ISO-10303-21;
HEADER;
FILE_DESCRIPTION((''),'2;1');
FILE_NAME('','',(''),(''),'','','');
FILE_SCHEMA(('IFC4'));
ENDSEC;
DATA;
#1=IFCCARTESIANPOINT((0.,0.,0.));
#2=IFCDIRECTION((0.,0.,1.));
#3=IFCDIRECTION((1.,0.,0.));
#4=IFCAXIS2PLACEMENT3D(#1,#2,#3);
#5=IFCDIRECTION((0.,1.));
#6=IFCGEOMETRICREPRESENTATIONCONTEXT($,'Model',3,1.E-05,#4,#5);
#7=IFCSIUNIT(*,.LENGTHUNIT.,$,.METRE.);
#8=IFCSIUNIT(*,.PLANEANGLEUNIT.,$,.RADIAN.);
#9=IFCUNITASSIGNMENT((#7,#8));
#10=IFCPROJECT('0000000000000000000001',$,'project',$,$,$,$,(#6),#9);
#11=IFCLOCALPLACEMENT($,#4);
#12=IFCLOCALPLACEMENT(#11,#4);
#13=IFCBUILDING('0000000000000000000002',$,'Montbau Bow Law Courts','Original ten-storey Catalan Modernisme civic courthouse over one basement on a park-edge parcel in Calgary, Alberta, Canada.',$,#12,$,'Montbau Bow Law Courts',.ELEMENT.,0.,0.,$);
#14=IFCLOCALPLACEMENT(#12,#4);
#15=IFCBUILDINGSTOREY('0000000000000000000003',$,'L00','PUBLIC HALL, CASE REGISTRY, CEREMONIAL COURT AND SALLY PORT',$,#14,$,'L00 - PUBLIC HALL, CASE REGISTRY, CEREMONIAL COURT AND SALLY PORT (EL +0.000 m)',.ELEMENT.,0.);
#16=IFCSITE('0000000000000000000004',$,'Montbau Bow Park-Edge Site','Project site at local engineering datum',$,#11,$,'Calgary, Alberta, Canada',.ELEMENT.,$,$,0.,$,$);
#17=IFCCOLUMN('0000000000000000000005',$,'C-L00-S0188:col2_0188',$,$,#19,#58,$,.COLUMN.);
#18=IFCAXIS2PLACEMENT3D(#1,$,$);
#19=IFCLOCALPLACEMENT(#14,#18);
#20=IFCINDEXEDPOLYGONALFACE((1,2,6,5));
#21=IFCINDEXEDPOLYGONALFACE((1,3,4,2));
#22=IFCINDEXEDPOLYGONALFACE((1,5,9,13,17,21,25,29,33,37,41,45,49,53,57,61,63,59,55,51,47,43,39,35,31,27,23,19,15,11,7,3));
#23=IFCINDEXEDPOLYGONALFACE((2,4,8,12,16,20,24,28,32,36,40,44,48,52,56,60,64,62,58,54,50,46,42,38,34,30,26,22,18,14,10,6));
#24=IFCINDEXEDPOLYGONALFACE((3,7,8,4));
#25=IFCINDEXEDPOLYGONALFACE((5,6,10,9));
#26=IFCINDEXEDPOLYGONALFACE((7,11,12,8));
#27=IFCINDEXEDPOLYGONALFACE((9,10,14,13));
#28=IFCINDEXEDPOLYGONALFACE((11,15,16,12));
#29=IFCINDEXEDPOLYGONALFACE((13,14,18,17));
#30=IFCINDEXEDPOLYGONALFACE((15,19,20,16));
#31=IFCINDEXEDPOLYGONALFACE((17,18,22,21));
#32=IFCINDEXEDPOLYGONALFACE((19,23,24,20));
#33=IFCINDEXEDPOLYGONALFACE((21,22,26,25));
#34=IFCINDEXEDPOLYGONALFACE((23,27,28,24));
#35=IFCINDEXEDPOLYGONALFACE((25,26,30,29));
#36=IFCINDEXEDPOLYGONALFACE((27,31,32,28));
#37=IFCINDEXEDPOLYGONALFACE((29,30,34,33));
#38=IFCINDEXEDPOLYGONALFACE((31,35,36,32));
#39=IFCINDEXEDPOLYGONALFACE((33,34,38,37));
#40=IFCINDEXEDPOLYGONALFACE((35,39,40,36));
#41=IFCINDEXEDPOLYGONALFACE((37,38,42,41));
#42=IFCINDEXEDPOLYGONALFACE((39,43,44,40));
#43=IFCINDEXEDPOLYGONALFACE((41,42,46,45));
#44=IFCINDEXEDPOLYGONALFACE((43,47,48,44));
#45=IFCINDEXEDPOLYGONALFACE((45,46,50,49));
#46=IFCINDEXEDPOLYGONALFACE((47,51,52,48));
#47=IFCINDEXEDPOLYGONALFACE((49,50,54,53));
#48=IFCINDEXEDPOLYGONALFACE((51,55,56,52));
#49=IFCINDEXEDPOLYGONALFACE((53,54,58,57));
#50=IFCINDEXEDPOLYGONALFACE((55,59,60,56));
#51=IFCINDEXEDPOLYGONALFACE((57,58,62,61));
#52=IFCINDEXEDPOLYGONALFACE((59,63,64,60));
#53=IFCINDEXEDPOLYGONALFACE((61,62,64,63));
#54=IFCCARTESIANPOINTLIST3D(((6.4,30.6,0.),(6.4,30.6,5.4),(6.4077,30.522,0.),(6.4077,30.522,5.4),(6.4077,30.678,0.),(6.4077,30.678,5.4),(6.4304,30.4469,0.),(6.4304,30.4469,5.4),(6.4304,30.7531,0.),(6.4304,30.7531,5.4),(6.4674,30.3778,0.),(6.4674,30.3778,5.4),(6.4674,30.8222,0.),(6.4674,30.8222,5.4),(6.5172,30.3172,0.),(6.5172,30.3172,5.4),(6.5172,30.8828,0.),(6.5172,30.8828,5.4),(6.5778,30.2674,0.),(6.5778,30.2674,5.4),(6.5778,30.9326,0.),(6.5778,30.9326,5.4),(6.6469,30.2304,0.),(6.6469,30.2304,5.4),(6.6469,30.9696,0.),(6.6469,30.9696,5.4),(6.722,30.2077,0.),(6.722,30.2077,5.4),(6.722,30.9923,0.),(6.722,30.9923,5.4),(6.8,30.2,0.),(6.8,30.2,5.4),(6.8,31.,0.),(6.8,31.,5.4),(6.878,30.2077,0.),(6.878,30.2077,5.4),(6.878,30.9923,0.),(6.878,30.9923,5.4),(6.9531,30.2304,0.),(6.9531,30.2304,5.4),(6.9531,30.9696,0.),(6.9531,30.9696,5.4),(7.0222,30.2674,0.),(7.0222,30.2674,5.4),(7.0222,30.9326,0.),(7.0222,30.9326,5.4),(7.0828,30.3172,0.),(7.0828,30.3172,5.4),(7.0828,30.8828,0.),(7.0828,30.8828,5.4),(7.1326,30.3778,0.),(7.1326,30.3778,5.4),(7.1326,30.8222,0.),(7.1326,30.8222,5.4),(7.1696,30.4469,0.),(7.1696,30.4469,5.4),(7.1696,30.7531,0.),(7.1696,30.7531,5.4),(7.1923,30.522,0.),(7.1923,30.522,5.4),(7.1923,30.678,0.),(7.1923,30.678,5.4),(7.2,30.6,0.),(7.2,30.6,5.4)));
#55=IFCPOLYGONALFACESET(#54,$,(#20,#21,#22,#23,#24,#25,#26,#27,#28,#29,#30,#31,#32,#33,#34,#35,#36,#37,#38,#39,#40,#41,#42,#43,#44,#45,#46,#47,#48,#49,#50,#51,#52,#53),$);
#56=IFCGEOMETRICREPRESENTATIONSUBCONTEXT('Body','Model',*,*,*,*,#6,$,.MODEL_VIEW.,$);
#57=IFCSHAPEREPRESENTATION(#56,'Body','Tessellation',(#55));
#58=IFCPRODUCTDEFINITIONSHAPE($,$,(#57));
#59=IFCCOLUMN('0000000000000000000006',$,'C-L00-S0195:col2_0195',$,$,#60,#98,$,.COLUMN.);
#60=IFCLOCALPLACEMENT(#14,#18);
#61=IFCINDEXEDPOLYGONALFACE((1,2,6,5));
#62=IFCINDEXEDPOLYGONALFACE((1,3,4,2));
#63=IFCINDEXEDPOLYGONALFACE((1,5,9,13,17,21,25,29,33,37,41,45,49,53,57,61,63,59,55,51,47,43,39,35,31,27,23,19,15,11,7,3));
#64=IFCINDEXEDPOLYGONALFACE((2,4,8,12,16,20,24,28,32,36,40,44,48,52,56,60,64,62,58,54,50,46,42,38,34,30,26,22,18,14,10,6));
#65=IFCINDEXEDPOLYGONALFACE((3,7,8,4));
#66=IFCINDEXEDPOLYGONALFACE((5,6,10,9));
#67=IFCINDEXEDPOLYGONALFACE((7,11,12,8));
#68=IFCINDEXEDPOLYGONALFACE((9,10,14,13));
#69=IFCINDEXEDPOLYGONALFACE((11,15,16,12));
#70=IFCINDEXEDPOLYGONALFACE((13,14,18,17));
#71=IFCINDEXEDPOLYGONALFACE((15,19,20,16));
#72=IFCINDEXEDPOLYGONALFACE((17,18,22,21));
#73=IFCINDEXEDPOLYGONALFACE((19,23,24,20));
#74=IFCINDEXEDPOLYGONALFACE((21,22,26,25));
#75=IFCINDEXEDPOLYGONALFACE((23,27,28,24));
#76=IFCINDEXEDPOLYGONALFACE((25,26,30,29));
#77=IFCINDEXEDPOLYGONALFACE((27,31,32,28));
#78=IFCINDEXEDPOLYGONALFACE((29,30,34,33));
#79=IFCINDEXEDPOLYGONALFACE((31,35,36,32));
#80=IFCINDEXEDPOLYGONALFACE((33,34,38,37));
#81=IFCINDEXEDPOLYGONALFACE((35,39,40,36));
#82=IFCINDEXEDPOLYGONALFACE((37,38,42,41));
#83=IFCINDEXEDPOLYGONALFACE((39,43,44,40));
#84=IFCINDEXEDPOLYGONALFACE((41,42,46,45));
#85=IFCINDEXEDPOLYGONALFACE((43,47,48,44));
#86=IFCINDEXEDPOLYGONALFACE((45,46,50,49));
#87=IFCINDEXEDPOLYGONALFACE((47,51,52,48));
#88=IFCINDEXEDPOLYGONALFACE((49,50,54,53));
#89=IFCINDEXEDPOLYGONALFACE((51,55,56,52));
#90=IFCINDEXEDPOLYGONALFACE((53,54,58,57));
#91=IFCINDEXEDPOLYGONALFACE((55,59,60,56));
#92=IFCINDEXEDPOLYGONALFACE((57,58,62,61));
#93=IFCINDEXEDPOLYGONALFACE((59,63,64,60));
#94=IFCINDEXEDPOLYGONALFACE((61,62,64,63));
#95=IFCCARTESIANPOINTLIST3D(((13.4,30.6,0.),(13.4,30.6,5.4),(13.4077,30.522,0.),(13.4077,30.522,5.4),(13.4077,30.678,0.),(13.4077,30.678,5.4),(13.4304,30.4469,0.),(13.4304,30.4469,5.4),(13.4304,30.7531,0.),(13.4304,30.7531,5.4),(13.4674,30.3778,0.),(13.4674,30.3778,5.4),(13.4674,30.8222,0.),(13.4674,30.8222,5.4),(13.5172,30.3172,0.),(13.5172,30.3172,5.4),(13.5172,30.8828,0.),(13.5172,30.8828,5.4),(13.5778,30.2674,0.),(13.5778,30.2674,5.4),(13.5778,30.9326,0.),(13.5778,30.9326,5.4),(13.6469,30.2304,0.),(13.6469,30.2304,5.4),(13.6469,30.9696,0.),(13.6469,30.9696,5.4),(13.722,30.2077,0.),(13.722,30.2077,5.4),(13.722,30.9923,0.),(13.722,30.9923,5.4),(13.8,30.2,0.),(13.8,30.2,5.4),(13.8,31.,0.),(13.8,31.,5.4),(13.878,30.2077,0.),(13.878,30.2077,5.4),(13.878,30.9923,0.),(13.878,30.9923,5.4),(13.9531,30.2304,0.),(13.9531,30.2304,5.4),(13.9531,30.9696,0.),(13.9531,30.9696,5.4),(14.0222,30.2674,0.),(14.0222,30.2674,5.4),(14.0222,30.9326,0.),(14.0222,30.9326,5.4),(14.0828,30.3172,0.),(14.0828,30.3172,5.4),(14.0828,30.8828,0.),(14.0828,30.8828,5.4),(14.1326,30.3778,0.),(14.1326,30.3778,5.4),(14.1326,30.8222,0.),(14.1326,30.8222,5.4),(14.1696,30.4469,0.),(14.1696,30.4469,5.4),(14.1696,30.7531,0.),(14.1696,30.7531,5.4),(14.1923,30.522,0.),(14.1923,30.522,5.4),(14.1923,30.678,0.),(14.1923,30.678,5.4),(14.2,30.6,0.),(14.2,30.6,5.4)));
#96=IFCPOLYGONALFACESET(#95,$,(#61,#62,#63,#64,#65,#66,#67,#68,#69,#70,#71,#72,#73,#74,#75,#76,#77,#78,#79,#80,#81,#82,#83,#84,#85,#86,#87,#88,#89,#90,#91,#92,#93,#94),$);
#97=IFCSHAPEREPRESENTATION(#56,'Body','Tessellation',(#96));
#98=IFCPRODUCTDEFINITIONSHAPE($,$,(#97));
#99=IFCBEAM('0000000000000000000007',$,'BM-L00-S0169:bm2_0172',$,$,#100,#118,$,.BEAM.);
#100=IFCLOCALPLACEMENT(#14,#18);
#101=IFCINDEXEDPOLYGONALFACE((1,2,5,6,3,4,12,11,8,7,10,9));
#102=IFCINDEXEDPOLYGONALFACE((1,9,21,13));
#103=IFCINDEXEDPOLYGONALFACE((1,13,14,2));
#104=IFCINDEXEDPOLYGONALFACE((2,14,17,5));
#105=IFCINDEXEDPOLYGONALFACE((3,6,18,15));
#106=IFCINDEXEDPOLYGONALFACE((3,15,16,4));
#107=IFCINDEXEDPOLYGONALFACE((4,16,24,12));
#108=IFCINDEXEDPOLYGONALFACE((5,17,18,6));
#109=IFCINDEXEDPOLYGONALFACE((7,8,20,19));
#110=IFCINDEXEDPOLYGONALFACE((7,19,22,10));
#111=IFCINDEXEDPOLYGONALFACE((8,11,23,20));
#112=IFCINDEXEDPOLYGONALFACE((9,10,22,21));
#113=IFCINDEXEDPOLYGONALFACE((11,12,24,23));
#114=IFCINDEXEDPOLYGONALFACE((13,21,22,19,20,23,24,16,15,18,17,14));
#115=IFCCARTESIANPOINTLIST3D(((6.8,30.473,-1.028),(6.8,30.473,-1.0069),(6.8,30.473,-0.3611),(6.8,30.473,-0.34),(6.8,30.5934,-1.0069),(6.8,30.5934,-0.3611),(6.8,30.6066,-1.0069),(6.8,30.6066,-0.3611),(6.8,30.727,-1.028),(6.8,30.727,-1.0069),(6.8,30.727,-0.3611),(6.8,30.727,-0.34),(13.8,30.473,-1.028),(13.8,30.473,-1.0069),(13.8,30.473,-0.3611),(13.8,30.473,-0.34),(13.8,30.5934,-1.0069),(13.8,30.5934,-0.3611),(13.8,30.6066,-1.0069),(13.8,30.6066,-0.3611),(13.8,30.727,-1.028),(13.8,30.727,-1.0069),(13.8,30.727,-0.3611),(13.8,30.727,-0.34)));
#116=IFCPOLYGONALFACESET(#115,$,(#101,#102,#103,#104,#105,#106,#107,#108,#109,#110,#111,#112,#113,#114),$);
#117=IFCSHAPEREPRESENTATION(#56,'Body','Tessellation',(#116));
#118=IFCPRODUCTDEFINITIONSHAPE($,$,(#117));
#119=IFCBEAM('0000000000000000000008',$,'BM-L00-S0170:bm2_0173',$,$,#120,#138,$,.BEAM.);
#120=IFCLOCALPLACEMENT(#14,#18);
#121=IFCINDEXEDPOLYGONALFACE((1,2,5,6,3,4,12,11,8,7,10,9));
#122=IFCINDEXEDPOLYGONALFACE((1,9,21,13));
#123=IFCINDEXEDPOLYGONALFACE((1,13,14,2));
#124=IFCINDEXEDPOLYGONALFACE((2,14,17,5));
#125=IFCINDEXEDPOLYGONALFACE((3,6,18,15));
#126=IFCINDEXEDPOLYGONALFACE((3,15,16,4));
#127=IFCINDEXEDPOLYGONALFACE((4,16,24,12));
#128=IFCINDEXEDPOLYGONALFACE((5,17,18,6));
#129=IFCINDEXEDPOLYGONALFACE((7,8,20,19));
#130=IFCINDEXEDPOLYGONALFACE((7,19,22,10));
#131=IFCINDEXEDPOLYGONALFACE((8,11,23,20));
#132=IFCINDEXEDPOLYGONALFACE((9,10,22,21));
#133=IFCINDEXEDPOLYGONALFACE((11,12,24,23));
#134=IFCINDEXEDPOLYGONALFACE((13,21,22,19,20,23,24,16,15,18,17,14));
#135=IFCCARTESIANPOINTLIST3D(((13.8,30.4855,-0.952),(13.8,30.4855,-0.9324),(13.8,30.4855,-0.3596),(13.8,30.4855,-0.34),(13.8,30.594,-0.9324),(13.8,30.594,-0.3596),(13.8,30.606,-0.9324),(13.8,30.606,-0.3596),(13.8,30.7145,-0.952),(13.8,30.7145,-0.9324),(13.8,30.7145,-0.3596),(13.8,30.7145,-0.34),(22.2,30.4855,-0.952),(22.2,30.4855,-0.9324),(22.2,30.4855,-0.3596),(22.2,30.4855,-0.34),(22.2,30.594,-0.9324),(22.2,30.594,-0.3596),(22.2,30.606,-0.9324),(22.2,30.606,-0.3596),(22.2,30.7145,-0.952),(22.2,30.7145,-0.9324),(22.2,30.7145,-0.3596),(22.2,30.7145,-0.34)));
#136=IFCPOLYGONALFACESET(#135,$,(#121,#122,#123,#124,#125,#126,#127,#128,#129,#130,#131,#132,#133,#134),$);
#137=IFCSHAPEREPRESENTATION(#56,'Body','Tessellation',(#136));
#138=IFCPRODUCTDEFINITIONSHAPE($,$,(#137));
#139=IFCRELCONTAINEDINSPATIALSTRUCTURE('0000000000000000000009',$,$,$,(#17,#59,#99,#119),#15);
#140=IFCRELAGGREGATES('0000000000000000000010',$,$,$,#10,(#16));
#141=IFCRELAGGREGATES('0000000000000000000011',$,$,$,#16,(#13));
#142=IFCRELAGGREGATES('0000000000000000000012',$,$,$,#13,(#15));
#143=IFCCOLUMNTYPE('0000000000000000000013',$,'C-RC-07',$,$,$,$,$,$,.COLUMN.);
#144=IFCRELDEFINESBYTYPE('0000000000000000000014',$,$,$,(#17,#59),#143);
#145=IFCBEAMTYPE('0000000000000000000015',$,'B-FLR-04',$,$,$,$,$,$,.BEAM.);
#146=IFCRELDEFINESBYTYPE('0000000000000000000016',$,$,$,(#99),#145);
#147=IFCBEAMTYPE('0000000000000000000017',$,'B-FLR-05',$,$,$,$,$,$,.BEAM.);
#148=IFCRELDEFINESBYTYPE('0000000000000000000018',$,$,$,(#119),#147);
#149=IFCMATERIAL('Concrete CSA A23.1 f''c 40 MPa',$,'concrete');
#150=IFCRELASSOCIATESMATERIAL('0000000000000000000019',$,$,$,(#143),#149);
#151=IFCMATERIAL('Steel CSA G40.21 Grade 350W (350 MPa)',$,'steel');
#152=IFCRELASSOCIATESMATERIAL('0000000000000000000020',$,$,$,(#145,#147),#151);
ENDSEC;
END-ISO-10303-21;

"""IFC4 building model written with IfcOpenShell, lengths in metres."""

from ifc_helpers import new_model, si_unit, direction, frame, origin_with_axes, origin_2d_with_axis, place, context, subcontext, project, spatial, circle, i_section, extrude, material, material_profile, profile_set, type_object, element, save


model = new_model("IFC4")

# Units and contexts
model_context = context("Model", 3, precision=1e-05, world=origin_with_axes(), true_north=direction((0.0, 1.0)))
body_context = subcontext(model_context, "Body", "Model", "MODEL_VIEW")
ifc_project = project(units=[si_unit("LENGTHUNIT", "METRE"), si_unit("PLANEANGLEUNIT", "RADIAN")], contexts=[model_context])

# Site, building, storey
site_placement = place(None, origin_with_axes())
site = spatial("IfcSite", under=ifc_project, at=site_placement, Name="Montbau Bow Park-Edge Site", Description="Project site at local engineering datum", LongName="Calgary, Alberta, Canada", CompositionType="ELEMENT", RefElevation=0.0)
building_placement = place(site_placement, origin_with_axes())
building = spatial("IfcBuilding", under=site, at=building_placement, Name="Montbau Bow Law Courts", Description="Original ten-storey Catalan Modernisme civic courthouse over one basement on a park-edge parcel in Calgary, Alberta, Canada.", LongName="Montbau Bow Law Courts", CompositionType="ELEMENT", ElevationOfRefHeight=0.0, ElevationOfTerrain=0.0)
storey_placement = place(building_placement, origin_with_axes())
storey = spatial("IfcBuildingStorey", under=building, at=storey_placement, Name="L00", Description="PUBLIC HALL, CASE REGISTRY, CEREMONIAL COURT AND SALLY PORT", LongName="L00 - PUBLIC HALL, CASE REGISTRY, CEREMONIAL COURT AND SALLY PORT (EL +0.000 m)", CompositionType="ELEMENT", Elevation=0.0)

# Columns
ifc_material_1 = material(Name="Concrete CSA A23.1 f'c 40 MPa", Category="concrete")
ifc_material_profile_1 = material_profile(ifc_material_1, circle(Radius=0.4, at=origin_2d_with_axis()), Name="RC800D", Category="Main", Priority=0)
ifc_profile_set_1 = profile_set([ifc_material_profile_1], Name="Concrete CSA A23.1 f'c 40 MPa")
column_type = type_object("IfcColumnType", Name="C-RC-07", PredefinedType="COLUMN", material=ifc_profile_set_1)
for number, where, z_axis, x_axis, name in (
    (1, (6.8, 30.6, 0.0), (0.0, 0.0, 1.0), (1.0, 0.0, 0.0), "C-L00-S0188:col2_0188"),
    (2, (13.8, 30.6, 0.0), (0.0, 0.0, 1.0), (1.0, 0.0, 0.0), "C-L00-S0195:col2_0195"),
):
    element("IfcColumn", number, at=place(None, frame(where, z_axis=z_axis, x_axis=x_axis)), inside=storey, type_object=column_type, Name=name, PredefinedType="COLUMN", context=body_context, shape_type="SweptSolid", body=[
        extrude(circle(Radius=0.4, at=origin_2d_with_axis()), origin_with_axes(), (0.0, 0.0, 1.0), 5.4),
    ])

# Beams
ifc_material_2 = material(Name="Steel CSA G40.21 Grade 350W (350 MPa)", Category="steel")
ifc_material_profile_2 = material_profile(ifc_material_2, i_section(OverallWidth=0.254, OverallDepth=0.688, WebThickness=0.0131, FlangeThickness=0.0211, at=origin_2d_with_axis()), Name="W690X152", Category="Main", Priority=0)
ifc_profile_set_2 = profile_set([ifc_material_profile_2], Name="Steel CSA G40.21 Grade 350W (350 MPa)")
beam_type_1 = type_object("IfcBeamType", Name="B-FLR-04", PredefinedType="BEAM", material=ifc_profile_set_2)
beam_1_placement = place(None, frame((6.8, 30.6, -0.684), z_axis=(1.0, 0.0, 0.0), x_axis=(0.0, 1.0, 0.0)))
element("IfcBeam", 3, at=beam_1_placement, inside=storey, type_object=beam_type_1, Name="BM-L00-S0169:bm2_0172", PredefinedType="BEAM", context=body_context, shape_type="SweptSolid", body=[
    extrude(i_section(OverallWidth=0.254, OverallDepth=0.688, WebThickness=0.0131, FlangeThickness=0.0211, at=origin_2d_with_axis()), origin_with_axes(), (0.0, 0.0, 1.0), 7.0),
])
ifc_material_profile_3 = material_profile(ifc_material_2, i_section(OverallWidth=0.229, OverallDepth=0.612, WebThickness=0.0119, FlangeThickness=0.0196, at=origin_2d_with_axis()), Name="W610X125", Category="Main", Priority=0)
ifc_profile_set_3 = profile_set([ifc_material_profile_3], Name="Steel CSA G40.21 Grade 350W (350 MPa)")
beam_type_2 = type_object("IfcBeamType", Name="B-FLR-05", PredefinedType="BEAM", material=ifc_profile_set_3)
beam_2_placement = place(None, frame((13.8, 30.6, -0.646), z_axis=(1.0, 0.0, 0.0), x_axis=(0.0, 1.0, 0.0)))
element("IfcBeam", 4, at=beam_2_placement, inside=storey, type_object=beam_type_2, Name="BM-L00-S0170:bm2_0173", PredefinedType="BEAM", context=body_context, shape_type="SweptSolid", body=[
    extrude(i_section(OverallWidth=0.229, OverallDepth=0.612, WebThickness=0.0119, FlangeThickness=0.0196, at=origin_2d_with_axis()), origin_with_axes(), (0.0, 0.0, 1.0), 8.4),
])

save(model, "model.ifc")
